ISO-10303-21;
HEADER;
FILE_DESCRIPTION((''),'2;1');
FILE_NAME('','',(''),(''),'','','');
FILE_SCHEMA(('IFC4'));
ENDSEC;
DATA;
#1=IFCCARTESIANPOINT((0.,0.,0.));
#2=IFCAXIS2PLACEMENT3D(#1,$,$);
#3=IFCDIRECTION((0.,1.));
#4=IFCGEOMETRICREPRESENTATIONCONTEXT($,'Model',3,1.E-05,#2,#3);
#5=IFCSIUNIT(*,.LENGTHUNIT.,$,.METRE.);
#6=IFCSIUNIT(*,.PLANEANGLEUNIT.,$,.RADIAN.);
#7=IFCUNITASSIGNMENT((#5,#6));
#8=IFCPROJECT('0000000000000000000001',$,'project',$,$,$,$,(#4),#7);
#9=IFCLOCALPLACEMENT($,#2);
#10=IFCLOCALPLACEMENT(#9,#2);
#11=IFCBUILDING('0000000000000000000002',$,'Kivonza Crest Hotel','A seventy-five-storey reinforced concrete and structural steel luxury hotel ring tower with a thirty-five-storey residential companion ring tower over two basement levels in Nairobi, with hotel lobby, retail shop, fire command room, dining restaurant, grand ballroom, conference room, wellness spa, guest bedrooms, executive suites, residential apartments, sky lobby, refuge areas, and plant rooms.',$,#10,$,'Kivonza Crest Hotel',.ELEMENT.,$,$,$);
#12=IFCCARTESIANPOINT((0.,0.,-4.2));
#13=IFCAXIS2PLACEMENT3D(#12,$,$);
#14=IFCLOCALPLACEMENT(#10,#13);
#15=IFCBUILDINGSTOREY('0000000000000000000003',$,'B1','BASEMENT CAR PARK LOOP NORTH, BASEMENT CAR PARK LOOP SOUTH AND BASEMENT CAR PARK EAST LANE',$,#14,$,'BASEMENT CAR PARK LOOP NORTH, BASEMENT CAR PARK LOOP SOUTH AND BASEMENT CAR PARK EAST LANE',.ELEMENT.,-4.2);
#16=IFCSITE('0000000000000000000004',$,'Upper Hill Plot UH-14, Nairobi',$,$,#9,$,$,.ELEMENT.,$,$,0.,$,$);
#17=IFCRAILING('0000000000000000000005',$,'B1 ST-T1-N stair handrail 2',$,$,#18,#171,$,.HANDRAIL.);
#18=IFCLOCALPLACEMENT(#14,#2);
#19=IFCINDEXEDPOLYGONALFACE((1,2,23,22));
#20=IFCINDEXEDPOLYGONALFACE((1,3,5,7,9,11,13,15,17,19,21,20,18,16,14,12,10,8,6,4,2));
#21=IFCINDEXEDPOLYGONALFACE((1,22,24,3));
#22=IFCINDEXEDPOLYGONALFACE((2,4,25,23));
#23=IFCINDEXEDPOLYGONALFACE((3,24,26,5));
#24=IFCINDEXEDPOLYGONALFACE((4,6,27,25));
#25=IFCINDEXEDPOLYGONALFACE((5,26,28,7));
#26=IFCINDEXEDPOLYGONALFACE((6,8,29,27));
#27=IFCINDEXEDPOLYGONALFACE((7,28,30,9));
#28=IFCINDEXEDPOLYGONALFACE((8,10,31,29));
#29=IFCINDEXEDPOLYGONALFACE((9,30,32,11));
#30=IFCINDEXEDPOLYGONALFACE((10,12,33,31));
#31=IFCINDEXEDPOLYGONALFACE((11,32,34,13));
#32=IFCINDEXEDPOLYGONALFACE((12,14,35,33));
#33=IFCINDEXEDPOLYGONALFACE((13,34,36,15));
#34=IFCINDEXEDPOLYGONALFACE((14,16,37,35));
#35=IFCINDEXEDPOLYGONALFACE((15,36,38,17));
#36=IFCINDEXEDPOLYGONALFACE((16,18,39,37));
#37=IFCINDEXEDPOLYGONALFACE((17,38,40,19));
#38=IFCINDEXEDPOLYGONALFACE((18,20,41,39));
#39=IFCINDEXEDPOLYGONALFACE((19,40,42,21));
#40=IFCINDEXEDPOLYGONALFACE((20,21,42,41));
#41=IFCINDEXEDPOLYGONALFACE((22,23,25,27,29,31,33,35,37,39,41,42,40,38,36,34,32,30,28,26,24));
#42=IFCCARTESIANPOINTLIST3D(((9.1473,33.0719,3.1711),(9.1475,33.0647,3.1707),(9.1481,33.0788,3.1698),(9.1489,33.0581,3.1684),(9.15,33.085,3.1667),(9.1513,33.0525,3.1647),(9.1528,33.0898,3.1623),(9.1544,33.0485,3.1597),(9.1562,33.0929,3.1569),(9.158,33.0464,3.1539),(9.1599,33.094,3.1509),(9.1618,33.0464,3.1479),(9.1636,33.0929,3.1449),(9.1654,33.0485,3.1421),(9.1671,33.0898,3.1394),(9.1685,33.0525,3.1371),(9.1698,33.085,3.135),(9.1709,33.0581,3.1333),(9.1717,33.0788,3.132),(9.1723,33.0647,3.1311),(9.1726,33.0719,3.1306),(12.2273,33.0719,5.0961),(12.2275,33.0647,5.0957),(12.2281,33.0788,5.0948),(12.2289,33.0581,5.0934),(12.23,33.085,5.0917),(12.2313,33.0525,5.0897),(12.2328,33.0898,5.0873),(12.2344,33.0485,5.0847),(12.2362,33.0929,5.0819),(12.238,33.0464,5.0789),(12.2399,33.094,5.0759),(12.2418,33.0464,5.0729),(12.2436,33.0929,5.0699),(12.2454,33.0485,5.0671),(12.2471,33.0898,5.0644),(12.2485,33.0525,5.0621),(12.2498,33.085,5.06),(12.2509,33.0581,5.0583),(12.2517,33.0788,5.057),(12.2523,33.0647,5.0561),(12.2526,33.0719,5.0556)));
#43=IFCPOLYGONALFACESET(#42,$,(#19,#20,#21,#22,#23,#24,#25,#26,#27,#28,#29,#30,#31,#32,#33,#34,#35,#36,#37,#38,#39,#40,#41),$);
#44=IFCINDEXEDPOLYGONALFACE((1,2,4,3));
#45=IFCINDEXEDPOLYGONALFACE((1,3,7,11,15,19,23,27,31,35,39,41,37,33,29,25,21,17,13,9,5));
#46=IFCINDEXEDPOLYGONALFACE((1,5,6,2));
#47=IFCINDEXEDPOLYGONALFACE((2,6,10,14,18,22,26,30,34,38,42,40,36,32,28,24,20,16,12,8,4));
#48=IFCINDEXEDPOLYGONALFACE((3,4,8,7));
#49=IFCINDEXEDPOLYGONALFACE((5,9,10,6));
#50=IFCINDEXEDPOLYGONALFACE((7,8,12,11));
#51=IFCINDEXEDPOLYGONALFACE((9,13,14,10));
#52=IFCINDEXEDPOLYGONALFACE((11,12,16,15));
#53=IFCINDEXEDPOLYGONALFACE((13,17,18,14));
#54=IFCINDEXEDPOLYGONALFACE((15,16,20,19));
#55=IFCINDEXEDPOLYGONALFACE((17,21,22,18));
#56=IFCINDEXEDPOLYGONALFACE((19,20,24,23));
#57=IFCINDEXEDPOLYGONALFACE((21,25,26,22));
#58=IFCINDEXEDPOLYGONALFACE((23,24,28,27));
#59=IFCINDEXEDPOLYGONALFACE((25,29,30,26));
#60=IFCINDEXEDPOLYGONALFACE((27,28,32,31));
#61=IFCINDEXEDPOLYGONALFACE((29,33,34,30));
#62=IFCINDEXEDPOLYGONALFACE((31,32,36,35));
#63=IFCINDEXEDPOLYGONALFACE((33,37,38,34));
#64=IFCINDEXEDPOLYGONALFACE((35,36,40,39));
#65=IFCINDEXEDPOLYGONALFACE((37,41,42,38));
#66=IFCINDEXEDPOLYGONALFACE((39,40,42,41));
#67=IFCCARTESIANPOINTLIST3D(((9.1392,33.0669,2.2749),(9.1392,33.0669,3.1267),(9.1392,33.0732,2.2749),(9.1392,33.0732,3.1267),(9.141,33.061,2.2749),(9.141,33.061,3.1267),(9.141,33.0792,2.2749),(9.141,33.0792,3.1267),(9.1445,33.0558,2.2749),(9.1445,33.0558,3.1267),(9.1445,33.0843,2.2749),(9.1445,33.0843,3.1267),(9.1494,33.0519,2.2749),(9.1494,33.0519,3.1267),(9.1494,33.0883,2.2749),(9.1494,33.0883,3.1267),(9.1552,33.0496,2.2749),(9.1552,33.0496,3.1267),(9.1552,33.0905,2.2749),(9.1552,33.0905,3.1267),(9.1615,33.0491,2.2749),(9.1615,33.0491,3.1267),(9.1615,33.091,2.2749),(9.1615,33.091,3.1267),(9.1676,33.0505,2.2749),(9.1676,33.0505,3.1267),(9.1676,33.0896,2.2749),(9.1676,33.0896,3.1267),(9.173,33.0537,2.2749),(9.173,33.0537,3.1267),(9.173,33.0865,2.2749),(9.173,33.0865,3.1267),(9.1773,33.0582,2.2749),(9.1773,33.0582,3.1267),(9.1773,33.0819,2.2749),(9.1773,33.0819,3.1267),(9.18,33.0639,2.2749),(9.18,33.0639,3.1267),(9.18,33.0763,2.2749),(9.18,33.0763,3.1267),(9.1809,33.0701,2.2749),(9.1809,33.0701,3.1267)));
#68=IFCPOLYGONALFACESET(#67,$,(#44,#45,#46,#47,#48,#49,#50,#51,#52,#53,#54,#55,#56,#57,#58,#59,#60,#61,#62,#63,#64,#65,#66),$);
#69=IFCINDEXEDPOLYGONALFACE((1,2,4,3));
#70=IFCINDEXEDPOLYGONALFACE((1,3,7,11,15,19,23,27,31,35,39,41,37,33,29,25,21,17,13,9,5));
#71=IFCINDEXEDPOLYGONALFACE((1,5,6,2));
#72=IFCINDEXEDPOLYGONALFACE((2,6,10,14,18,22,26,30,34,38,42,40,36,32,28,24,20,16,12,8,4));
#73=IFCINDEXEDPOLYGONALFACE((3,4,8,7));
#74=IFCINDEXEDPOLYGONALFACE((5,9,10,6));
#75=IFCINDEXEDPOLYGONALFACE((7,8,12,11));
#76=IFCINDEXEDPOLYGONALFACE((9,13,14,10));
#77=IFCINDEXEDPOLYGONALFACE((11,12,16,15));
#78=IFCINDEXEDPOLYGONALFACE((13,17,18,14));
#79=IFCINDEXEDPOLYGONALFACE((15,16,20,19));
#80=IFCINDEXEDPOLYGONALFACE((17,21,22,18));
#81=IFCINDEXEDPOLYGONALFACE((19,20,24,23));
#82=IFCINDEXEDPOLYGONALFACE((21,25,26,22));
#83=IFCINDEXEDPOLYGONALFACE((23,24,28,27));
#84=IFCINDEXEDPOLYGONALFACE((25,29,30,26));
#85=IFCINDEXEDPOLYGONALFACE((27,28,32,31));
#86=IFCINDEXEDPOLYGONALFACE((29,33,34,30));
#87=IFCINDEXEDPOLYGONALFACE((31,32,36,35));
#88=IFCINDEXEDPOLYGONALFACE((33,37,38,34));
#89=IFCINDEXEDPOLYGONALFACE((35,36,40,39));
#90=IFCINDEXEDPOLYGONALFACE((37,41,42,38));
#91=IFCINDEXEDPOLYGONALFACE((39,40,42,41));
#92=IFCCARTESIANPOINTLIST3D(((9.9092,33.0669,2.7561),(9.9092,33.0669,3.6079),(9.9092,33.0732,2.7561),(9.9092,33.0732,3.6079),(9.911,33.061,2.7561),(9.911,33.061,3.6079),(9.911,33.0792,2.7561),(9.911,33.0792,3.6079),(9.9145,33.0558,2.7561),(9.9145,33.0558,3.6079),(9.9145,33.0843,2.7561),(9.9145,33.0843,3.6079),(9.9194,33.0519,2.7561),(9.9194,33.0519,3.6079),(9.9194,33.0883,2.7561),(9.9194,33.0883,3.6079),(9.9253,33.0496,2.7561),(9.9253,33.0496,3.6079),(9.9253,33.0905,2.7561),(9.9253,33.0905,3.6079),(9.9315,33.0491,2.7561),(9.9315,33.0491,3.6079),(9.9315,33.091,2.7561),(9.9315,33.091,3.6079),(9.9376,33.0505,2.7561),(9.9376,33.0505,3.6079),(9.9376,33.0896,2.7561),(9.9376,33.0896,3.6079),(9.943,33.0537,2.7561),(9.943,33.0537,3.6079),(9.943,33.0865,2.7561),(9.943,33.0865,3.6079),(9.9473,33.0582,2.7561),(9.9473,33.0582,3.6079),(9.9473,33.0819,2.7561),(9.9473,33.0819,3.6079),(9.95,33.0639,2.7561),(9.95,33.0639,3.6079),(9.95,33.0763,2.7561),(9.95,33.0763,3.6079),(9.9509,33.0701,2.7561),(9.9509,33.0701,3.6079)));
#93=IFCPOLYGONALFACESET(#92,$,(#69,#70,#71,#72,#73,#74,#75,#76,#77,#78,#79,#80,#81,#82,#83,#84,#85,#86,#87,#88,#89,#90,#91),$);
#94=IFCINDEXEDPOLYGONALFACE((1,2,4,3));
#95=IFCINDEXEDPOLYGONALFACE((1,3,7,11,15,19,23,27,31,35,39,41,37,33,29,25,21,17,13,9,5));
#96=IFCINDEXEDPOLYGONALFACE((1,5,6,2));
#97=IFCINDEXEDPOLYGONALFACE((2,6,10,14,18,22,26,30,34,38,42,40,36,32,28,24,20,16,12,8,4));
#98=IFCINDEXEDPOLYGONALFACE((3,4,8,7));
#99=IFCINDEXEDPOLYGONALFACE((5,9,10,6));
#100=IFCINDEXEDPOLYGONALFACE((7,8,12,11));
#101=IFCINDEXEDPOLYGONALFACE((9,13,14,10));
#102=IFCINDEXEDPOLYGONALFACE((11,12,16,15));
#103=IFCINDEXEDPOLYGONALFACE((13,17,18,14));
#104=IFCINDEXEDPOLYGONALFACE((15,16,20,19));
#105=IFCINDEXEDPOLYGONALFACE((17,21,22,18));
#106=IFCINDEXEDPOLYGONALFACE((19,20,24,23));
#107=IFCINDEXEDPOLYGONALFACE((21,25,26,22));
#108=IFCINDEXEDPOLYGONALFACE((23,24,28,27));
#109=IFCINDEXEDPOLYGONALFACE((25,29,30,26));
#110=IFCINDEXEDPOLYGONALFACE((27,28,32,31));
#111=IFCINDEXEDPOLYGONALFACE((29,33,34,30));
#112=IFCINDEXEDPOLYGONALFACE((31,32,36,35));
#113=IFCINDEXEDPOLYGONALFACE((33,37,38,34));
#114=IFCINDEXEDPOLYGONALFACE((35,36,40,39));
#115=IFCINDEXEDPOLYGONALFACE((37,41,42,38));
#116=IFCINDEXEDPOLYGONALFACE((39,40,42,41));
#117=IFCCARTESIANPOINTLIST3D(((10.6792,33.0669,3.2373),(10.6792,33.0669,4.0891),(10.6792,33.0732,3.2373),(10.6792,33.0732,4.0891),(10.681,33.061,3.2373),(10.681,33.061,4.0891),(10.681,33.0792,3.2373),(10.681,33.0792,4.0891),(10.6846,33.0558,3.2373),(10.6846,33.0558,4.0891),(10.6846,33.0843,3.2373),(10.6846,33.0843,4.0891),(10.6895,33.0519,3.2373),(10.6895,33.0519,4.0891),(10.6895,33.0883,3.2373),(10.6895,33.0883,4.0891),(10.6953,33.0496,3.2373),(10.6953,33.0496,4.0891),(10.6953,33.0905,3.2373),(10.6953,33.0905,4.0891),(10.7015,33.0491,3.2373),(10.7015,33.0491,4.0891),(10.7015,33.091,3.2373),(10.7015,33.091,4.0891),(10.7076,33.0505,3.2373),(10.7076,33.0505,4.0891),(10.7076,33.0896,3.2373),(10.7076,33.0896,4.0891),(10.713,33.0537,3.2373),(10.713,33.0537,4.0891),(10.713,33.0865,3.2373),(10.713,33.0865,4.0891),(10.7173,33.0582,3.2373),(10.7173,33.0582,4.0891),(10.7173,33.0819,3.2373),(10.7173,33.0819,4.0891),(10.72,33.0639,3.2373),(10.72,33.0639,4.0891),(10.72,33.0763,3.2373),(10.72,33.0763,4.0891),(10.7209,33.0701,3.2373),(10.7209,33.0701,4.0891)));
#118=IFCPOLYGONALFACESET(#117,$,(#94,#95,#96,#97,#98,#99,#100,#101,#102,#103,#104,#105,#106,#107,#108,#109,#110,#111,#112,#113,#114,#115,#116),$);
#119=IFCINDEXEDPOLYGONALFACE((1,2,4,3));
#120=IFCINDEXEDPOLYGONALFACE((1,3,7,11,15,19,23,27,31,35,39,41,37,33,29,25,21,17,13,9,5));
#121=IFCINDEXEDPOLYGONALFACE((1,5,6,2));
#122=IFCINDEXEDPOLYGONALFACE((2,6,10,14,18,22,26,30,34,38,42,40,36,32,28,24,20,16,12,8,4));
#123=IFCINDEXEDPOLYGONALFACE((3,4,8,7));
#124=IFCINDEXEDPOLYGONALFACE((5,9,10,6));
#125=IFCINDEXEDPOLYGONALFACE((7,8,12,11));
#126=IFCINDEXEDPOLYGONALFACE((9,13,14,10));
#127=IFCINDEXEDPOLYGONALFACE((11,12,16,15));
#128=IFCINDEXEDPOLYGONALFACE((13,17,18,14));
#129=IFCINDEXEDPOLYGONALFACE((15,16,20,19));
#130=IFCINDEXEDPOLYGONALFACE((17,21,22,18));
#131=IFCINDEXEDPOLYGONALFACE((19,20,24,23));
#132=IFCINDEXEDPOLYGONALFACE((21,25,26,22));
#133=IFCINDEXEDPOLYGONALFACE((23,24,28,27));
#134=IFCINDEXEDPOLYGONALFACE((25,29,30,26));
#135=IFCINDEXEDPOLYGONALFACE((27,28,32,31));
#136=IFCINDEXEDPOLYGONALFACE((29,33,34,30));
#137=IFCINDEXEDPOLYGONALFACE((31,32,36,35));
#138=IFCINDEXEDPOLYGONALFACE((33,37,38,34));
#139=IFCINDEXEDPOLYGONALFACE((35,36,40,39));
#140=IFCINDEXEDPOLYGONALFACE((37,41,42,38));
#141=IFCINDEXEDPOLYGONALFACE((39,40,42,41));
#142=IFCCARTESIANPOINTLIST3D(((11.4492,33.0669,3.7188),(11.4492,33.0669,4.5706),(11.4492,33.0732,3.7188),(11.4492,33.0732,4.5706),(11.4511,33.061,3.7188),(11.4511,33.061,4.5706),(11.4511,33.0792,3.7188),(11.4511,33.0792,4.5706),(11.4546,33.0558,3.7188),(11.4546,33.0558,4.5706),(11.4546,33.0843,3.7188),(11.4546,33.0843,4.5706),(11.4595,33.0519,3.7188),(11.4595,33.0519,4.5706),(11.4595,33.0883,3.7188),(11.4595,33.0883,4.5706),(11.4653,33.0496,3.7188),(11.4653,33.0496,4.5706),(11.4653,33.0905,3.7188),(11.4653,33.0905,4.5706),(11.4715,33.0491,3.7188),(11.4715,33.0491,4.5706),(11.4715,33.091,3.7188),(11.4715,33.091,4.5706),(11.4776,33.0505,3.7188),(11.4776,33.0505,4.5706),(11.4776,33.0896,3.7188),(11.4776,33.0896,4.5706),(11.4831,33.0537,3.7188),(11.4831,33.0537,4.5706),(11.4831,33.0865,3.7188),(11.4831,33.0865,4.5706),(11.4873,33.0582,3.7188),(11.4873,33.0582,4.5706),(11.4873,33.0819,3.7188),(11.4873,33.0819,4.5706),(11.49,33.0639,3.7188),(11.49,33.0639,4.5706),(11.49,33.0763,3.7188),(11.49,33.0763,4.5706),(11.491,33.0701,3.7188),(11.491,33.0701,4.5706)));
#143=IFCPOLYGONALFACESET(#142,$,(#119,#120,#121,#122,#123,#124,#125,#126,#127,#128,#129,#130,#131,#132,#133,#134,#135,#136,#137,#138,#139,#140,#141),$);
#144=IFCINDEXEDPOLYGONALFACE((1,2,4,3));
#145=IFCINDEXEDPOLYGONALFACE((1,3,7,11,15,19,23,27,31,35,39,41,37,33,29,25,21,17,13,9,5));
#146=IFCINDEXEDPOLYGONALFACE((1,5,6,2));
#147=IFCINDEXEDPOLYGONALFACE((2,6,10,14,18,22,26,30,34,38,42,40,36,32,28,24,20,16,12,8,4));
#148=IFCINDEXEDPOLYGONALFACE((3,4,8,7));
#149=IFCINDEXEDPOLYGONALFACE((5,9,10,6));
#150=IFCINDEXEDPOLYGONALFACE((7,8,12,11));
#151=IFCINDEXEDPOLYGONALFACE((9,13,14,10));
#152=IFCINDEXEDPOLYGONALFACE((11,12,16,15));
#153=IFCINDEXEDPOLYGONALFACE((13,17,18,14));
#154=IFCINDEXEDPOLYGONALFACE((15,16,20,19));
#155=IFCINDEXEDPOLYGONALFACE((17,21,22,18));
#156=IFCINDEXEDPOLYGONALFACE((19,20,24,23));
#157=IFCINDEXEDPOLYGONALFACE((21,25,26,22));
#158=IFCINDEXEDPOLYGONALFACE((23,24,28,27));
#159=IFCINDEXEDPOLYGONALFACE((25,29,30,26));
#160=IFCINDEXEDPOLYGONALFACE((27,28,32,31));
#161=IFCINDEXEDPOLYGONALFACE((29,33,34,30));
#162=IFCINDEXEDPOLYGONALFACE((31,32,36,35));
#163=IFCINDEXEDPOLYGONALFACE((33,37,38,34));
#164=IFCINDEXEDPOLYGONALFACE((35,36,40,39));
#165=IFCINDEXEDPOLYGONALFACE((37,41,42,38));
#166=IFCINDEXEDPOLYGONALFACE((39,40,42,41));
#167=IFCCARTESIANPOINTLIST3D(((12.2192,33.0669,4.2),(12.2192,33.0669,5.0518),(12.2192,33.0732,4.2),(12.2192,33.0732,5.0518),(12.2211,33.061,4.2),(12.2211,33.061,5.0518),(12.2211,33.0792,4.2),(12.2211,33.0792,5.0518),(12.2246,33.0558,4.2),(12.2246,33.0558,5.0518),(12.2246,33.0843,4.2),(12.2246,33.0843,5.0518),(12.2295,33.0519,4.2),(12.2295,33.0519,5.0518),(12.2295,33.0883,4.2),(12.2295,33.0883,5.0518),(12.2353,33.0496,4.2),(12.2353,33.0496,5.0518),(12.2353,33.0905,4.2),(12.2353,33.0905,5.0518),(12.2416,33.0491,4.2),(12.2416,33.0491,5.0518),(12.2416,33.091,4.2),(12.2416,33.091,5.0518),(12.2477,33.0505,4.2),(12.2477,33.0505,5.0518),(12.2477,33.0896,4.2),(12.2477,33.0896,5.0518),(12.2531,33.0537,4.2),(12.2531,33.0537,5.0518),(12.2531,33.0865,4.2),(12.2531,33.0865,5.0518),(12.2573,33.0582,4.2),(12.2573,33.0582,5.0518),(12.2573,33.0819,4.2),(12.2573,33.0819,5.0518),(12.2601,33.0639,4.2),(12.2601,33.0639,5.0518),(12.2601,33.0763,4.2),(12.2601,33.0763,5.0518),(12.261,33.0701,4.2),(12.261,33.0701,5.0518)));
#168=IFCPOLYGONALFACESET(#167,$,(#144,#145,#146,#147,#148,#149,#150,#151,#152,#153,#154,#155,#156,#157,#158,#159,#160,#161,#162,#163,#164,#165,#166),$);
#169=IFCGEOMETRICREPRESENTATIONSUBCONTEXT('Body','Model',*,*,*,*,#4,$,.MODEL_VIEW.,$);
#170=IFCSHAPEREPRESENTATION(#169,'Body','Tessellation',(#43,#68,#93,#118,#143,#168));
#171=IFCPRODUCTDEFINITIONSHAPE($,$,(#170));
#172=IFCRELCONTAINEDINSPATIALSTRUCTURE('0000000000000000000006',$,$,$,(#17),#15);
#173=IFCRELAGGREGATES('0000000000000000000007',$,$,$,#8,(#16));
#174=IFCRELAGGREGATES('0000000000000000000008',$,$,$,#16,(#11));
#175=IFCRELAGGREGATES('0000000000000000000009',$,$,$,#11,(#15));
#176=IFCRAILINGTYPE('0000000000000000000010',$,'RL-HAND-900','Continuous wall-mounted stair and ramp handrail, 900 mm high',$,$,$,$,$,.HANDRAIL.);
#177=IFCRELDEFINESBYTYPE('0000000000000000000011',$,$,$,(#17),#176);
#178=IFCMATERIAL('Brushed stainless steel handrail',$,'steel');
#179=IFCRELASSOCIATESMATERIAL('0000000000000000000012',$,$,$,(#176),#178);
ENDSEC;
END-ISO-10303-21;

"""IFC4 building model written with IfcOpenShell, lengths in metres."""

from ifc_helpers import new_model, si_unit, direction, frame, origin, origin_2d, place, context, subcontext, project, spatial, circle, extrude, material, type_object, element, save


model = new_model("IFC4")

# Units and contexts
model_context = context("Model", 3, precision=1e-05, world=origin(), true_north=direction((0.0, 1.0)))
body_context = subcontext(model_context, "Body", "Model", "MODEL_VIEW")
ifc_project = project(units=[si_unit("LENGTHUNIT", "METRE"), si_unit("PLANEANGLEUNIT", "RADIAN")], contexts=[model_context])

# Site, building, storey
site_placement = place(None, origin())
site = spatial("IfcSite", under=ifc_project, at=site_placement, Name="Upper Hill Plot UH-14, Nairobi", CompositionType="ELEMENT", RefElevation=0.0)
building_placement = place(site_placement, origin())
building = spatial("IfcBuilding", under=site, at=building_placement, Name="Kivonza Crest Hotel", Description="A seventy-five-storey reinforced concrete and structural steel luxury hotel ring tower with a thirty-five-storey residential companion ring tower over two basement levels in Nairobi, with hotel lobby, retail shop, fire command room, dining restaurant, grand ballroom, conference room, wellness spa, guest bedrooms, executive suites, residential apartments, sky lobby, refuge areas, and plant rooms.", LongName="Kivonza Crest Hotel", CompositionType="ELEMENT")
storey_placement = place(building_placement, frame((0.0, 0.0, -4.2)))
storey = spatial("IfcBuildingStorey", under=building, at=storey_placement, Name="B1", Description="BASEMENT CAR PARK LOOP NORTH, BASEMENT CAR PARK LOOP SOUTH AND BASEMENT CAR PARK EAST LANE", LongName="BASEMENT CAR PARK LOOP NORTH, BASEMENT CAR PARK LOOP SOUTH AND BASEMENT CAR PARK EAST LANE", CompositionType="ELEMENT", Elevation=-4.2)

# Railing
ifc_material_1 = material(Name="Brushed stainless steel handrail", Category="steel")
railing_type = type_object("IfcRailingType", Name="RL-HAND-900", Description="Continuous wall-mounted stair and ramp handrail, 900 mm high", PredefinedType="HANDRAIL", material=ifc_material_1)
railing_placement = place(storey_placement, frame((9.1599, 33.0701, 2.2749)))
element("IfcRailing", 1, at=railing_placement, inside=storey, type_object=railing_type, Name="B1 ST-T1-N stair handrail 2", PredefinedType="HANDRAIL", context=body_context, shape_type="SweptSolid", body=[
    extrude(circle(Radius=0.0239, at=origin_2d()), frame((0.0, 0.0, 0.876), z_axis=(0.847998, 0.0, 0.529999), x_axis=(0.0, 1.0, 0.0)), (0.0, 0.0, 1.0), 3.6321),
    extrude(circle(Radius=0.021, at=origin_2d()), origin(), (0.0, 0.0, 1.0), 0.8518),
    extrude(circle(Radius=0.021, at=origin_2d()), frame((0.77, 0.0, 0.4812)), (0.0, 0.0, 1.0), 0.8518),
    extrude(circle(Radius=0.021, at=origin_2d()), frame((1.54, 0.0, 0.9624)), (0.0, 0.0, 1.0), 0.8518),
    extrude(circle(Radius=0.021, at=origin_2d()), frame((2.3101, 0.0, 1.4438)), (0.0, 0.0, 1.0), 0.8518),
    extrude(circle(Radius=0.021, at=origin_2d()), frame((3.0801, 0.0, 1.925)), (0.0, 0.0, 1.0), 0.8518),
])

save(model, "model.ifc")
